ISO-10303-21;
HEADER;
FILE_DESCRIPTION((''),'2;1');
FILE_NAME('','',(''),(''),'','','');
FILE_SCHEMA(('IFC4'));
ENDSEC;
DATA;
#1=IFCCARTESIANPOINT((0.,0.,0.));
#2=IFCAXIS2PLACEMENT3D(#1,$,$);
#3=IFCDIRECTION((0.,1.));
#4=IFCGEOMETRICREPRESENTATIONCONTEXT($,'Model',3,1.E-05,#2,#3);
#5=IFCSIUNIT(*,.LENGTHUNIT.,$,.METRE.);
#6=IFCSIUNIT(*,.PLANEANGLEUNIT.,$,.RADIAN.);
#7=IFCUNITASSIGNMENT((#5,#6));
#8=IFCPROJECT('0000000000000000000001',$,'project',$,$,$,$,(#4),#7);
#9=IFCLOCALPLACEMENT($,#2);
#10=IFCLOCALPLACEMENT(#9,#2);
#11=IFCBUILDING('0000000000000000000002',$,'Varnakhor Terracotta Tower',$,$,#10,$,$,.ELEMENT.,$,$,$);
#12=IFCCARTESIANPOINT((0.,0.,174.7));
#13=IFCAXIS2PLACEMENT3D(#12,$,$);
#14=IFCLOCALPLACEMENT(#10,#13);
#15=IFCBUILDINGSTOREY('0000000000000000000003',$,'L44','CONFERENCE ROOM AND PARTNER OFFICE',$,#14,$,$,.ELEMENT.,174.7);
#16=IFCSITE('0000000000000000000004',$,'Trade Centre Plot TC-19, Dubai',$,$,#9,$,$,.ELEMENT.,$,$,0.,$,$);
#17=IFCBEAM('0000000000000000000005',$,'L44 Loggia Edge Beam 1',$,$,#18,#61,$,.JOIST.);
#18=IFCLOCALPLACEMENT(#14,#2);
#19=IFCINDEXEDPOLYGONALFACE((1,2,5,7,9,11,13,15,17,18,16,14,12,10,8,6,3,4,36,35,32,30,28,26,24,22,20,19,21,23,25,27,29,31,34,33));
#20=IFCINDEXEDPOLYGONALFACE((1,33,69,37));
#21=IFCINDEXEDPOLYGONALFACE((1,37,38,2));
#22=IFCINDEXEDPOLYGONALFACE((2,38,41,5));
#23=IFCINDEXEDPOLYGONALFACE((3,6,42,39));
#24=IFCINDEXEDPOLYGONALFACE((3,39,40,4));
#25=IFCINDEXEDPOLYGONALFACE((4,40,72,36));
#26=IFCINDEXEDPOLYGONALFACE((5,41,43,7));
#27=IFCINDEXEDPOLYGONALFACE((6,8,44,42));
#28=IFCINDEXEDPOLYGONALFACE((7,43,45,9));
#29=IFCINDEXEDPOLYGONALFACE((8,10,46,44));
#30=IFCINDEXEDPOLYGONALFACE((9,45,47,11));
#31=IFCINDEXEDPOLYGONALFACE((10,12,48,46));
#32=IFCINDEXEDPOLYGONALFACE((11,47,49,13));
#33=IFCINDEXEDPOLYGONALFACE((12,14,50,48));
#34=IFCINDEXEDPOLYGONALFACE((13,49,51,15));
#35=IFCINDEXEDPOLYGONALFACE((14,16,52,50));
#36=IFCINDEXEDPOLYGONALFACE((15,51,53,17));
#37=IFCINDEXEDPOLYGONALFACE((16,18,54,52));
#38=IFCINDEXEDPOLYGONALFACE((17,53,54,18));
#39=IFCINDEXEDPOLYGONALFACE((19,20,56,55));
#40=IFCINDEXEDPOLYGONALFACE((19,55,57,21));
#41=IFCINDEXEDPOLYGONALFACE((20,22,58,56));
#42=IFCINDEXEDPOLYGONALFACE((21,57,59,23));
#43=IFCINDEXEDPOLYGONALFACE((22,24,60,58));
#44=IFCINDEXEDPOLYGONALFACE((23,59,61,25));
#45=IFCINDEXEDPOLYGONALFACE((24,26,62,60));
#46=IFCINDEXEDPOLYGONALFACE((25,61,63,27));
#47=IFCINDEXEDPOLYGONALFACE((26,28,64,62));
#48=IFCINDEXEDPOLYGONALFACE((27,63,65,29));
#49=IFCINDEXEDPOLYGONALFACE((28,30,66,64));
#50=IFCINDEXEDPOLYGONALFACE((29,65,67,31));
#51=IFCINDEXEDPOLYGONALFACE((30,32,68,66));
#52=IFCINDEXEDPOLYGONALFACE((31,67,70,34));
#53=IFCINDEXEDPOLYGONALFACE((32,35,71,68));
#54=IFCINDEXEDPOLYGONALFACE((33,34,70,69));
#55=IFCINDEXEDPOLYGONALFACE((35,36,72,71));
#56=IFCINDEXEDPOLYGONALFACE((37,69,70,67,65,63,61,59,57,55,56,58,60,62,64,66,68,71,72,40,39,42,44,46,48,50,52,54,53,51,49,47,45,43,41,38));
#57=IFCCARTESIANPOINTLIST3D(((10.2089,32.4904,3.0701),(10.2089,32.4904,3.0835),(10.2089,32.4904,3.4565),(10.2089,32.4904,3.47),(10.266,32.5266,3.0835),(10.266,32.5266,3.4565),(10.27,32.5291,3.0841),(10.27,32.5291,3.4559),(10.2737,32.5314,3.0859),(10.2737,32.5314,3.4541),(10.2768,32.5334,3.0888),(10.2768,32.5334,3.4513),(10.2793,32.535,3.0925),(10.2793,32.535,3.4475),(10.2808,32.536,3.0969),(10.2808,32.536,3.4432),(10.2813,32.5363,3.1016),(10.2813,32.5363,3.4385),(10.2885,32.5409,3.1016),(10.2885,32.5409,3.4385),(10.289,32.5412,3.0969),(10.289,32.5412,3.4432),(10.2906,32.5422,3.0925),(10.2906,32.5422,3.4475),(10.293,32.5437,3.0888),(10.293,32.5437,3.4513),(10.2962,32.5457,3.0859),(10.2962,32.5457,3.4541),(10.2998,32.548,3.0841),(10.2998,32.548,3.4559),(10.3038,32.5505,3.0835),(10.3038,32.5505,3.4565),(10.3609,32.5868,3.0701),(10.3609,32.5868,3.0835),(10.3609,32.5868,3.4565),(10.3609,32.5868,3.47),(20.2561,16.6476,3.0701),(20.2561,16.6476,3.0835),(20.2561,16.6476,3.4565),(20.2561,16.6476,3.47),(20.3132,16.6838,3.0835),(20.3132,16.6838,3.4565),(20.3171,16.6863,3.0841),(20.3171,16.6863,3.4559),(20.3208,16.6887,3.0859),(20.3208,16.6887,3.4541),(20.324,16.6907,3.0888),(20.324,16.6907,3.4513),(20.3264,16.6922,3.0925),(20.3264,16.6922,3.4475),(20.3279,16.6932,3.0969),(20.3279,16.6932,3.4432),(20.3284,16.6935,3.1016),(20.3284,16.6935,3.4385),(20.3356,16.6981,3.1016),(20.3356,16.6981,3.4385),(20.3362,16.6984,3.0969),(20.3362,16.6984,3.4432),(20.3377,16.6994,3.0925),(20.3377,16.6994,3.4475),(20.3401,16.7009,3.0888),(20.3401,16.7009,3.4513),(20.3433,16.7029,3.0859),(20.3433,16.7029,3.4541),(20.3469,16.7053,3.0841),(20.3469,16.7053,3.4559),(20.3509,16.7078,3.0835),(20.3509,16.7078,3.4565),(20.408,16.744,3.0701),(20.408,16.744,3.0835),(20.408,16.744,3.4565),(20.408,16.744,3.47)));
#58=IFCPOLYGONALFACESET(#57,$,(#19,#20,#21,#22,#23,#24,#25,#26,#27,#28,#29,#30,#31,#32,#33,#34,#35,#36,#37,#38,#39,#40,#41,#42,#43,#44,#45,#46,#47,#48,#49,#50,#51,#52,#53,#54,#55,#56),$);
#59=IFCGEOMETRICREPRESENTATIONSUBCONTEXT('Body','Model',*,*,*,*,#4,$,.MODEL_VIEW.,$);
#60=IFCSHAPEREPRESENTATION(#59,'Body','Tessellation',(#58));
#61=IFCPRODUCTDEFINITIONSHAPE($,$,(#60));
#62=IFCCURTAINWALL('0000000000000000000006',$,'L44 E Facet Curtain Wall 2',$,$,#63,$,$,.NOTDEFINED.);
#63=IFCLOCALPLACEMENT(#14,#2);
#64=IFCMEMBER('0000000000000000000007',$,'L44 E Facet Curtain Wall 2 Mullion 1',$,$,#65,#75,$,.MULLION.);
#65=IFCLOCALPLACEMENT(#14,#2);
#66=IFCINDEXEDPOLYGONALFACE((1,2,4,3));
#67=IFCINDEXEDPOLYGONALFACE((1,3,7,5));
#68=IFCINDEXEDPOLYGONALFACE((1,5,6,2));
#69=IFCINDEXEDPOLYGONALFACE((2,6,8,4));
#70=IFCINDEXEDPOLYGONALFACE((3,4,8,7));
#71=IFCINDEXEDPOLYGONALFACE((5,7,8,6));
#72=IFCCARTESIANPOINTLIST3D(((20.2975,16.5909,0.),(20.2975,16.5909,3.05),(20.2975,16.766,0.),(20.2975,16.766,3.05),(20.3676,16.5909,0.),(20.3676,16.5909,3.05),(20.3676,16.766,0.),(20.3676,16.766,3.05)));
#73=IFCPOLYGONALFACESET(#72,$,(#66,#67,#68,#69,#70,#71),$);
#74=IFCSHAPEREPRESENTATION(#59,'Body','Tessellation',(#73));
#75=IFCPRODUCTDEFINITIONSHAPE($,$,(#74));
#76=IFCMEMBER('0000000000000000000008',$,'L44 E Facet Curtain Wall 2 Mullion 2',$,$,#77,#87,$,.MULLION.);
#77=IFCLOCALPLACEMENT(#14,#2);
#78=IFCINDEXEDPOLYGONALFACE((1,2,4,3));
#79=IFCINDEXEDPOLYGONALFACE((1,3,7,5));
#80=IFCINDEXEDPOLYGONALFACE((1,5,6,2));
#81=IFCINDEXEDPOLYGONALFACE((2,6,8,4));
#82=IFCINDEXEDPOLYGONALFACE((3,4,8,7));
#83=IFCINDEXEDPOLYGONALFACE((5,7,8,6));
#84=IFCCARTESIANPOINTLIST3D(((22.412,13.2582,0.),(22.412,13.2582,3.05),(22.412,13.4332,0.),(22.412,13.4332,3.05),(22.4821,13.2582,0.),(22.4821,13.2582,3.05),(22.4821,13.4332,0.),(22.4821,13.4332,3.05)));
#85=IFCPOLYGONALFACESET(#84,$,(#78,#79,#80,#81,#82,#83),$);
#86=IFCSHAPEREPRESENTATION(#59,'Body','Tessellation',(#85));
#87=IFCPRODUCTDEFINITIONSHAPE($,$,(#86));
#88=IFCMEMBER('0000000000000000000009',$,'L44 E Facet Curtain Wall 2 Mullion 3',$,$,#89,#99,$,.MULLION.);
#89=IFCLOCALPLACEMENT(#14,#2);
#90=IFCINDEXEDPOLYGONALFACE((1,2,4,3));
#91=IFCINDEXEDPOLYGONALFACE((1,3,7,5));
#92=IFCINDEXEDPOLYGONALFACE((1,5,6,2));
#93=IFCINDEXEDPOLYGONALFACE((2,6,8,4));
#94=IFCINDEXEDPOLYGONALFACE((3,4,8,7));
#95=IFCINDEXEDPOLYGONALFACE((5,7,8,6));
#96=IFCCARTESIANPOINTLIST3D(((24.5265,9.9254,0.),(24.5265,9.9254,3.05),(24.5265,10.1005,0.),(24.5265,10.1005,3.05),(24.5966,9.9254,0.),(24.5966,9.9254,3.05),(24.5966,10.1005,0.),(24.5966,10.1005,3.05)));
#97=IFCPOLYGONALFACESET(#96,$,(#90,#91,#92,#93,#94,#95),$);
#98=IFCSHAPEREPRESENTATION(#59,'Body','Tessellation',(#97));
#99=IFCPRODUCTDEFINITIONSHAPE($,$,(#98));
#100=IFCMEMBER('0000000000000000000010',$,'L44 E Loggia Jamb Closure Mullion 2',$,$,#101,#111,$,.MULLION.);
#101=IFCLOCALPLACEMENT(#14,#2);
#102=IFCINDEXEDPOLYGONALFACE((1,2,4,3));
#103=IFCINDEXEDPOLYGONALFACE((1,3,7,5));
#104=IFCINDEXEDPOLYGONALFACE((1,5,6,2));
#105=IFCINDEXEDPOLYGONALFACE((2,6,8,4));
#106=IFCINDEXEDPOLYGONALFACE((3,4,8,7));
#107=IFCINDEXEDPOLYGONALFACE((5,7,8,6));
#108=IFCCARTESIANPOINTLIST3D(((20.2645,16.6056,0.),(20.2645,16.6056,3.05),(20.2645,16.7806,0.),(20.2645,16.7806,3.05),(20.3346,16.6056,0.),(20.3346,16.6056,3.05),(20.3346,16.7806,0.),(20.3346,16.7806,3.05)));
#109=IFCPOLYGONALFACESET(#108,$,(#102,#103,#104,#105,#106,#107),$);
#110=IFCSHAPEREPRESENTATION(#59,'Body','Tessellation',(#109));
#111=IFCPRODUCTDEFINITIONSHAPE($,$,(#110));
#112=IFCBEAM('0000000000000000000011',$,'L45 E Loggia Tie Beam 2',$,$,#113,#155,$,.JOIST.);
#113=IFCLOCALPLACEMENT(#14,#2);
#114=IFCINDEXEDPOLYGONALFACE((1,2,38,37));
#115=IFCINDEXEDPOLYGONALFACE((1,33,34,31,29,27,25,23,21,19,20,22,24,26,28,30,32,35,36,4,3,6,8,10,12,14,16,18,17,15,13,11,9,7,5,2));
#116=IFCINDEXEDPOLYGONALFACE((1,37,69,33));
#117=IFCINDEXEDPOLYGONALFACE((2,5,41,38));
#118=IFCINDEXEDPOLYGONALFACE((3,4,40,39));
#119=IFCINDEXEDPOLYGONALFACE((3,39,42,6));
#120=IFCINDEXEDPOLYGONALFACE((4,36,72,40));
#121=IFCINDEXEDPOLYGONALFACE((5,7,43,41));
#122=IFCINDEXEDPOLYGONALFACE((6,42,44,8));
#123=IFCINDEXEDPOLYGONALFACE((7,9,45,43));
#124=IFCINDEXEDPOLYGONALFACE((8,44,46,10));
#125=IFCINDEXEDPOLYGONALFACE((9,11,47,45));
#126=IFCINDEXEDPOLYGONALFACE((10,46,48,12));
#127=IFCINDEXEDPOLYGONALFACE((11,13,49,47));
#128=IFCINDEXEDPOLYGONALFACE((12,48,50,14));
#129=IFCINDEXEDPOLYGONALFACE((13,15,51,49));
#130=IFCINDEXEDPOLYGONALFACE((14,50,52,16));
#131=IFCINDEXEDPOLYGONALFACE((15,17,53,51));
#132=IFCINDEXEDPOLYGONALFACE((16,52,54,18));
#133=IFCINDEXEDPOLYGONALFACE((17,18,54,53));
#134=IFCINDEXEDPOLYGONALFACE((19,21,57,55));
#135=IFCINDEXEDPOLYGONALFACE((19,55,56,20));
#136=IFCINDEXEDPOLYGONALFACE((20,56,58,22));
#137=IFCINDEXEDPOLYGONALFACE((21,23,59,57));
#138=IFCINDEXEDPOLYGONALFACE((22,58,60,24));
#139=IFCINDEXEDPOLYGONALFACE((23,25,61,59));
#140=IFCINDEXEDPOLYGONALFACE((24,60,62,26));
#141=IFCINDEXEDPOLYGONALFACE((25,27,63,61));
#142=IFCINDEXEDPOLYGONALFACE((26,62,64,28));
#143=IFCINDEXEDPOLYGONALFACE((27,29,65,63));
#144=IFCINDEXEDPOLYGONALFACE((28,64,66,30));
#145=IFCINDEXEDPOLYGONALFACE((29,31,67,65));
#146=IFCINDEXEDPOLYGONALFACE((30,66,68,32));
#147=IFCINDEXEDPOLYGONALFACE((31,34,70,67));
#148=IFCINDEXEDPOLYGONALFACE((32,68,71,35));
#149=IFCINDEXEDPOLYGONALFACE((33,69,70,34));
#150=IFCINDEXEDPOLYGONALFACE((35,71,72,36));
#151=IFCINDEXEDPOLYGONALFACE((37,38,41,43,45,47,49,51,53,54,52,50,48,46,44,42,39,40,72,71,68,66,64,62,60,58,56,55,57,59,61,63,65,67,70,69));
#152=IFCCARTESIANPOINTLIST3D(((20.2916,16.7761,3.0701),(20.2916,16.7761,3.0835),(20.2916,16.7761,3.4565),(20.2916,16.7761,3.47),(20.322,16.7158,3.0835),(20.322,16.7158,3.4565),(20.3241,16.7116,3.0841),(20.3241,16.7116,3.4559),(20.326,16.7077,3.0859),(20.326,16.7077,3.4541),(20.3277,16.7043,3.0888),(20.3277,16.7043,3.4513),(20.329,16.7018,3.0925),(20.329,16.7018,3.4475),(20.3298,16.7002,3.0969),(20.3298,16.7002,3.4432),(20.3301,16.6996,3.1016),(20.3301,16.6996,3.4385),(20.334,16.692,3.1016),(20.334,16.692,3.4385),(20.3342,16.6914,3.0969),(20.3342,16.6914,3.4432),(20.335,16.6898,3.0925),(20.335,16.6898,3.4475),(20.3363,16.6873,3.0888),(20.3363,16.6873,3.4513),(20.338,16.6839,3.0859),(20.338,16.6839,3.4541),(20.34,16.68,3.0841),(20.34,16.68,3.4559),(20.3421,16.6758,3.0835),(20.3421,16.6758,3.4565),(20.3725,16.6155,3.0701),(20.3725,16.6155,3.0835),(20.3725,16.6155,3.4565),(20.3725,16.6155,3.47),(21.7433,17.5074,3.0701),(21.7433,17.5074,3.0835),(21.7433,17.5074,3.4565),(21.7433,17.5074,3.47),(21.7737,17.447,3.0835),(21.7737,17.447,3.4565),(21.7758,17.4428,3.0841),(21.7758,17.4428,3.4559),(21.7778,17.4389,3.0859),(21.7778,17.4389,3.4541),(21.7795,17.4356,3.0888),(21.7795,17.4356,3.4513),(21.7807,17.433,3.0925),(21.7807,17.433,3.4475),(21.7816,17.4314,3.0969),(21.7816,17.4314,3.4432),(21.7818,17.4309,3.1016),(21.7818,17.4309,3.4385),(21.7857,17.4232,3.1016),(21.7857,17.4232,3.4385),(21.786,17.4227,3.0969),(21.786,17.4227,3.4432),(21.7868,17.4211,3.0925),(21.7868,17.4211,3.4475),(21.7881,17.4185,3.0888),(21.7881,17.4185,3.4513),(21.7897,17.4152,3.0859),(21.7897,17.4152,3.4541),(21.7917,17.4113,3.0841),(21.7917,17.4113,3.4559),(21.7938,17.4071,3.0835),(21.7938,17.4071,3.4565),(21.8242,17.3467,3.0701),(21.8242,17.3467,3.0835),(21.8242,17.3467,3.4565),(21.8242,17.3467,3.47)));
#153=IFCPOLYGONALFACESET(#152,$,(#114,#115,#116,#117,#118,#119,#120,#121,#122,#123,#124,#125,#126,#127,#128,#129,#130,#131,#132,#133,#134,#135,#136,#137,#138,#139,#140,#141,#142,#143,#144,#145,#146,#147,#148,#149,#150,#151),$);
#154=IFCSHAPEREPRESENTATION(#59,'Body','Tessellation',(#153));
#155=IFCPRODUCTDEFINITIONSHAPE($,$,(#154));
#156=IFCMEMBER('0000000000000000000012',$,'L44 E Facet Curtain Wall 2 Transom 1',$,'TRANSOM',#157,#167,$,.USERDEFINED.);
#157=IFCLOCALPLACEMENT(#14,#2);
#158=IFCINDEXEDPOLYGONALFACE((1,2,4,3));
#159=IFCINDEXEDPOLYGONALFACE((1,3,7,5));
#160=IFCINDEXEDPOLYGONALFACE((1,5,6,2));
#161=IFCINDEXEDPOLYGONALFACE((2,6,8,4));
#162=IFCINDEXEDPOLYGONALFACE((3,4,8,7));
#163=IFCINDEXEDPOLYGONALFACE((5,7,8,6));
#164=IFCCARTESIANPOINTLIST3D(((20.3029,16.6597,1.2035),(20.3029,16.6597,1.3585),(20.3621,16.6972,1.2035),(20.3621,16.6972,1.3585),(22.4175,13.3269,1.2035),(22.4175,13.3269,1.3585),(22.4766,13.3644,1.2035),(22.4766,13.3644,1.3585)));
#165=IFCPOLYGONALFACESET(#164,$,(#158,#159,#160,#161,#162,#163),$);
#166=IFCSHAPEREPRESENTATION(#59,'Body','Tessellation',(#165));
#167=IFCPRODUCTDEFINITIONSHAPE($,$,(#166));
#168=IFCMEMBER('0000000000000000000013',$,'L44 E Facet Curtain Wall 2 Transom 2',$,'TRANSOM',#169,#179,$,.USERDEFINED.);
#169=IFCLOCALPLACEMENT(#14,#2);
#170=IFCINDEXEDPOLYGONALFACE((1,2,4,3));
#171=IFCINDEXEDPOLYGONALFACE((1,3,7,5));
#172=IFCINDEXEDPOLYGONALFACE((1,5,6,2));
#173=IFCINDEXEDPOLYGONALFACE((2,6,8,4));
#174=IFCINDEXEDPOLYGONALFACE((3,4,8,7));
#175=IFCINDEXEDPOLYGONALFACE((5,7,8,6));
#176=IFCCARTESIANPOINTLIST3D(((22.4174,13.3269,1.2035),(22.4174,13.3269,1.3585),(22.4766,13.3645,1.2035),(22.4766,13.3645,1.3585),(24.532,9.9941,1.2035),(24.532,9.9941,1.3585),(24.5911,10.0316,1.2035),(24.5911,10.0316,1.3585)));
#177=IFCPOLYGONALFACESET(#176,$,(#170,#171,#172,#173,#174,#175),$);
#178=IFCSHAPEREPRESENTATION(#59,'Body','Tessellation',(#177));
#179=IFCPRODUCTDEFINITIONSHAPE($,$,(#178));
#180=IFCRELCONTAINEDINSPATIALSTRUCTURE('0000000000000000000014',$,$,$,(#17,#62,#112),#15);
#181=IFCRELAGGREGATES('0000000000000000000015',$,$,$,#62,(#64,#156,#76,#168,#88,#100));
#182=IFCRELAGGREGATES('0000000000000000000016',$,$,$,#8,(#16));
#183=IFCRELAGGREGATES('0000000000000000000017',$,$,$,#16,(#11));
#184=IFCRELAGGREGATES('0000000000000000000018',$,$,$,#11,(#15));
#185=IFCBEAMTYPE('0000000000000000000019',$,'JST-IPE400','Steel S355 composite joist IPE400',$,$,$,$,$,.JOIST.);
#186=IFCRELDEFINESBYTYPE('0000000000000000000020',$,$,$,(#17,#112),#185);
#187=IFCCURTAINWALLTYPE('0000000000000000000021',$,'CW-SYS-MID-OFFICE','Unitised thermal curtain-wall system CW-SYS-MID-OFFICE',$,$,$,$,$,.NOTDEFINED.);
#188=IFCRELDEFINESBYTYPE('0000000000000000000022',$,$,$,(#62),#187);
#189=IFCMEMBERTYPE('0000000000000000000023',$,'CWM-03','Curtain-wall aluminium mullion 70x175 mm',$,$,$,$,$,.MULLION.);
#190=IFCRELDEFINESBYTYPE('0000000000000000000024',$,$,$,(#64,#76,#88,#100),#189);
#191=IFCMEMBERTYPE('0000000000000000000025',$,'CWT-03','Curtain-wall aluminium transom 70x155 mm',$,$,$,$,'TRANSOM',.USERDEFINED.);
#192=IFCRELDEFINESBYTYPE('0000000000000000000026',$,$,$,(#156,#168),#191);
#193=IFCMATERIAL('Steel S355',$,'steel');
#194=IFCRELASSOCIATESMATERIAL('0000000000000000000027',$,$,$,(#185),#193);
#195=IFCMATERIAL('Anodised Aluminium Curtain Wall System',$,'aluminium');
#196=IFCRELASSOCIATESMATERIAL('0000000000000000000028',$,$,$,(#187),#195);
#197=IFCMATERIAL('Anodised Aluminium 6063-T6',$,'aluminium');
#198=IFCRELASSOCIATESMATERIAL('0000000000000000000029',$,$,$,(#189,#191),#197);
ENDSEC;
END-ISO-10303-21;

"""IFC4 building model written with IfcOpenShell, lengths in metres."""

from ifc_helpers import new_model, si_unit, direction, frame, origin, origin_2d, place, context, subcontext, project, spatial, rectangle, i_section, extrude, source, transform, mapped, material, material_profile, profile_set, type_object, element, aggregate, save


model = new_model("IFC4")

# Units and contexts
model_context = context("Model", 3, precision=1e-05, world=origin(), true_north=direction((0.0, 1.0)))
body_context = subcontext(model_context, "Body", "Model", "MODEL_VIEW")
ifc_project = project(units=[si_unit("LENGTHUNIT", "METRE"), si_unit("PLANEANGLEUNIT", "RADIAN")], contexts=[model_context])

# Site, building, storey
site_placement = place(None, origin())
site = spatial("IfcSite", under=ifc_project, at=site_placement, Name="Trade Centre Plot TC-19, Dubai", CompositionType="ELEMENT", RefElevation=0.0)
building_placement = place(site_placement, origin())
building = spatial("IfcBuilding", under=site, at=building_placement, Name="Varnakhor Terracotta Tower", CompositionType="ELEMENT")
storey_placement = place(building_placement, frame((0.0, 0.0, 174.7)))
storey = spatial("IfcBuildingStorey", under=building, at=storey_placement, Name="L44", Description="CONFERENCE ROOM AND PARTNER OFFICE", CompositionType="ELEMENT", Elevation=174.7)

# Beam
ifc_material_1 = material(Name="Steel S355", Category="steel")
ifc_material_profile_1 = material_profile(ifc_material_1, i_section(OverallWidth=0.1799, OverallDepth=0.3999, WebThickness=0.0085, FlangeThickness=0.0134, FilletRadius=0.0181, at=origin_2d()), Name="IPE400")
ifc_profile_set_1 = profile_set([ifc_material_profile_1], Name="Steel S355")
beam_type = type_object("IfcBeamType", Name="JST-IPE400", Description="Steel S355 composite joist IPE400", PredefinedType="JOIST", material=ifc_profile_set_1)
shared_shape_1 = source(origin(), body_context, "Body", "SweptSolid", [
    extrude(i_section(OverallWidth=0.1799, OverallDepth=0.3999, WebThickness=0.0085, FlangeThickness=0.0134, FilletRadius=0.0181, at=origin_2d()), origin(), (0.0, 0.0, 1.0), 18.76),
])
beam_1_placement = place(storey_placement, frame((20.332, 16.6958, 3.27), z_axis=(-0.53556, 0.844497, 0.0), x_axis=(-0.844497, -0.53556, 0.0)))
element("IfcBeam", 1, at=beam_1_placement, inside=storey, type_object=beam_type, Name="L44 Loggia Edge Beam 1", PredefinedType="JOIST", context=body_context, shape_type="MappedRepresentation", body=[
    mapped(shared_shape_1, transform((0.0, 0.0, 0.0), scale=1.0)),
])

# Curtain wall, members
ifc_material_2 = material(Name="Anodised Aluminium Curtain Wall System", Category="aluminium")
curtain_wall_type = type_object("IfcCurtainWallType", Name="CW-SYS-MID-OFFICE", Description="Unitised thermal curtain-wall system CW-SYS-MID-OFFICE", PredefinedType="NOTDEFINED", material=ifc_material_2)
curtain_wall_placement = place(storey_placement, origin())
curtain_wall = element("IfcCurtainWall", 2, at=curtain_wall_placement, inside=storey, type_object=curtain_wall_type, Name="L44 E Facet Curtain Wall 2", PredefinedType="NOTDEFINED")
ifc_material_3 = material(Name="Anodised Aluminium 6063-T6", Category="aluminium")
ifc_material_profile_2 = material_profile(ifc_material_3, rectangle(XDim=0.0701, YDim=0.175, at=origin_2d()), Name="ALU MULLION 70x175")
ifc_profile_set_2 = profile_set([ifc_material_profile_2], Name="Anodised Aluminium 6063-T6")
member_type_1 = type_object("IfcMemberType", Name="CWM-03", Description="Curtain-wall aluminium mullion 70x175 mm", PredefinedType="MULLION", material=ifc_profile_set_2)
shared_shape_2 = source(origin(), body_context, "Body", "SweptSolid", [
    extrude(rectangle(XDim=0.0701, YDim=0.175, at=origin_2d()), origin(), (0.0, 0.0, 1.0), 3.05),
])
member_1_placement = place(storey_placement, frame((20.3325, 16.6785, 0.0), z_axis=(0.0, 0.0, 1.0), x_axis=(1.0, 0.0, 0.0)))
member_1 = element("IfcMember", 3, at=member_1_placement, type_object=member_type_1, Name="L44 E Facet Curtain Wall 2 Mullion 1", PredefinedType="MULLION", context=body_context, shape_type="MappedRepresentation", body=[
    mapped(shared_shape_2, transform((0.0, 0.0, 0.0), scale=1.0)),
])
member_2_placement = place(storey_placement, frame((22.447, 13.3457, 0.0), z_axis=(0.0, 0.0, 1.0), x_axis=(1.0, 0.0, 0.0)))
member_2 = element("IfcMember", 4, at=member_2_placement, type_object=member_type_1, Name="L44 E Facet Curtain Wall 2 Mullion 2", PredefinedType="MULLION", context=body_context, shape_type="MappedRepresentation", body=[
    mapped(shared_shape_2, transform((0.0, 0.0, 0.0), scale=1.0)),
])
member_3_placement = place(storey_placement, frame((24.5615, 10.0129, 0.0), z_axis=(0.0, 0.0, 1.0), x_axis=(1.0, 0.0, 0.0)))
member_3 = element("IfcMember", 5, at=member_3_placement, type_object=member_type_1, Name="L44 E Facet Curtain Wall 2 Mullion 3", PredefinedType="MULLION", context=body_context, shape_type="MappedRepresentation", body=[
    mapped(shared_shape_2, transform((0.0, 0.0, 0.0), scale=1.0)),
])
member_4_placement = place(storey_placement, frame((20.2996, 16.6931, 0.0), z_axis=(0.0, 0.0, 1.0), x_axis=(1.0, 0.0, 0.0)))
member_4 = element("IfcMember", 6, at=member_4_placement, type_object=member_type_1, Name="L44 E Loggia Jamb Closure Mullion 2", PredefinedType="MULLION", context=body_context, shape_type="MappedRepresentation", body=[
    mapped(shared_shape_2, transform((0.0, 0.0, 0.0), scale=1.0)),
])

# Beam
shared_shape_3 = source(origin(), body_context, "Body", "SweptSolid", [
    extrude(i_section(OverallWidth=0.1799, OverallDepth=0.3999, WebThickness=0.0085, FlangeThickness=0.0134, FilletRadius=0.0181, at=origin_2d()), origin(), (0.0, 0.0, 1.0), 1.6255),
])
beam_2_placement = place(storey_placement, frame((20.332, 16.6958, 3.27), z_axis=(0.893102, 0.449855, 0.0), x_axis=(-0.449855, 0.893102, 0.0)))
element("IfcBeam", 7, at=beam_2_placement, inside=storey, type_object=beam_type, Name="L45 E Loggia Tie Beam 2", PredefinedType="JOIST", context=body_context, shape_type="MappedRepresentation", body=[
    mapped(shared_shape_3, transform((0.0, 0.0, 0.0), scale=1.0)),
])

# Members
ifc_material_profile_3 = material_profile(ifc_material_3, rectangle(XDim=0.0701, YDim=0.155, at=origin_2d()), Name="ALU TRANSOM 70x155")
ifc_profile_set_3 = profile_set([ifc_material_profile_3], Name="Anodised Aluminium 6063-T6")
member_type_2 = type_object("IfcMemberType", Name="CWT-03", Description="Curtain-wall aluminium transom 70x155 mm", ElementType="TRANSOM", PredefinedType="USERDEFINED", material=ifc_profile_set_3)
shared_shape_4 = source(origin(), body_context, "Body", "SweptSolid", [
    extrude(rectangle(XDim=0.0701, YDim=0.155, at=origin_2d()), origin(), (0.0, 0.0, 1.0), 3.947),
])
member_5_placement = place(storey_placement, frame((20.3325, 16.6785, 1.281), z_axis=(0.53573, -0.844389, 0.0), x_axis=(0.844389, 0.53573, 0.0)))
member_5 = element("IfcMember", 8, at=member_5_placement, type_object=member_type_2, Name="L44 E Facet Curtain Wall 2 Transom 1", ObjectType="TRANSOM", PredefinedType="USERDEFINED", context=body_context, shape_type="MappedRepresentation", body=[
    mapped(shared_shape_4, transform((0.0, 0.0, 0.0), scale=1.0)),
])
member_6_placement = place(storey_placement, frame((22.447, 13.3457, 1.281), z_axis=(0.53573, -0.844389, 0.0), x_axis=(0.844389, 0.53573, 0.0)))
member_6 = element("IfcMember", 9, at=member_6_placement, type_object=member_type_2, Name="L44 E Facet Curtain Wall 2 Transom 2", ObjectType="TRANSOM", PredefinedType="USERDEFINED", context=body_context, shape_type="MappedRepresentation", body=[
    mapped(shared_shape_4, transform((0.0, 0.0, 0.0), scale=1.0)),
])

aggregate(curtain_wall, [member_1, member_5, member_2, member_6, member_3, member_4])

save(model, "model.ifc")
